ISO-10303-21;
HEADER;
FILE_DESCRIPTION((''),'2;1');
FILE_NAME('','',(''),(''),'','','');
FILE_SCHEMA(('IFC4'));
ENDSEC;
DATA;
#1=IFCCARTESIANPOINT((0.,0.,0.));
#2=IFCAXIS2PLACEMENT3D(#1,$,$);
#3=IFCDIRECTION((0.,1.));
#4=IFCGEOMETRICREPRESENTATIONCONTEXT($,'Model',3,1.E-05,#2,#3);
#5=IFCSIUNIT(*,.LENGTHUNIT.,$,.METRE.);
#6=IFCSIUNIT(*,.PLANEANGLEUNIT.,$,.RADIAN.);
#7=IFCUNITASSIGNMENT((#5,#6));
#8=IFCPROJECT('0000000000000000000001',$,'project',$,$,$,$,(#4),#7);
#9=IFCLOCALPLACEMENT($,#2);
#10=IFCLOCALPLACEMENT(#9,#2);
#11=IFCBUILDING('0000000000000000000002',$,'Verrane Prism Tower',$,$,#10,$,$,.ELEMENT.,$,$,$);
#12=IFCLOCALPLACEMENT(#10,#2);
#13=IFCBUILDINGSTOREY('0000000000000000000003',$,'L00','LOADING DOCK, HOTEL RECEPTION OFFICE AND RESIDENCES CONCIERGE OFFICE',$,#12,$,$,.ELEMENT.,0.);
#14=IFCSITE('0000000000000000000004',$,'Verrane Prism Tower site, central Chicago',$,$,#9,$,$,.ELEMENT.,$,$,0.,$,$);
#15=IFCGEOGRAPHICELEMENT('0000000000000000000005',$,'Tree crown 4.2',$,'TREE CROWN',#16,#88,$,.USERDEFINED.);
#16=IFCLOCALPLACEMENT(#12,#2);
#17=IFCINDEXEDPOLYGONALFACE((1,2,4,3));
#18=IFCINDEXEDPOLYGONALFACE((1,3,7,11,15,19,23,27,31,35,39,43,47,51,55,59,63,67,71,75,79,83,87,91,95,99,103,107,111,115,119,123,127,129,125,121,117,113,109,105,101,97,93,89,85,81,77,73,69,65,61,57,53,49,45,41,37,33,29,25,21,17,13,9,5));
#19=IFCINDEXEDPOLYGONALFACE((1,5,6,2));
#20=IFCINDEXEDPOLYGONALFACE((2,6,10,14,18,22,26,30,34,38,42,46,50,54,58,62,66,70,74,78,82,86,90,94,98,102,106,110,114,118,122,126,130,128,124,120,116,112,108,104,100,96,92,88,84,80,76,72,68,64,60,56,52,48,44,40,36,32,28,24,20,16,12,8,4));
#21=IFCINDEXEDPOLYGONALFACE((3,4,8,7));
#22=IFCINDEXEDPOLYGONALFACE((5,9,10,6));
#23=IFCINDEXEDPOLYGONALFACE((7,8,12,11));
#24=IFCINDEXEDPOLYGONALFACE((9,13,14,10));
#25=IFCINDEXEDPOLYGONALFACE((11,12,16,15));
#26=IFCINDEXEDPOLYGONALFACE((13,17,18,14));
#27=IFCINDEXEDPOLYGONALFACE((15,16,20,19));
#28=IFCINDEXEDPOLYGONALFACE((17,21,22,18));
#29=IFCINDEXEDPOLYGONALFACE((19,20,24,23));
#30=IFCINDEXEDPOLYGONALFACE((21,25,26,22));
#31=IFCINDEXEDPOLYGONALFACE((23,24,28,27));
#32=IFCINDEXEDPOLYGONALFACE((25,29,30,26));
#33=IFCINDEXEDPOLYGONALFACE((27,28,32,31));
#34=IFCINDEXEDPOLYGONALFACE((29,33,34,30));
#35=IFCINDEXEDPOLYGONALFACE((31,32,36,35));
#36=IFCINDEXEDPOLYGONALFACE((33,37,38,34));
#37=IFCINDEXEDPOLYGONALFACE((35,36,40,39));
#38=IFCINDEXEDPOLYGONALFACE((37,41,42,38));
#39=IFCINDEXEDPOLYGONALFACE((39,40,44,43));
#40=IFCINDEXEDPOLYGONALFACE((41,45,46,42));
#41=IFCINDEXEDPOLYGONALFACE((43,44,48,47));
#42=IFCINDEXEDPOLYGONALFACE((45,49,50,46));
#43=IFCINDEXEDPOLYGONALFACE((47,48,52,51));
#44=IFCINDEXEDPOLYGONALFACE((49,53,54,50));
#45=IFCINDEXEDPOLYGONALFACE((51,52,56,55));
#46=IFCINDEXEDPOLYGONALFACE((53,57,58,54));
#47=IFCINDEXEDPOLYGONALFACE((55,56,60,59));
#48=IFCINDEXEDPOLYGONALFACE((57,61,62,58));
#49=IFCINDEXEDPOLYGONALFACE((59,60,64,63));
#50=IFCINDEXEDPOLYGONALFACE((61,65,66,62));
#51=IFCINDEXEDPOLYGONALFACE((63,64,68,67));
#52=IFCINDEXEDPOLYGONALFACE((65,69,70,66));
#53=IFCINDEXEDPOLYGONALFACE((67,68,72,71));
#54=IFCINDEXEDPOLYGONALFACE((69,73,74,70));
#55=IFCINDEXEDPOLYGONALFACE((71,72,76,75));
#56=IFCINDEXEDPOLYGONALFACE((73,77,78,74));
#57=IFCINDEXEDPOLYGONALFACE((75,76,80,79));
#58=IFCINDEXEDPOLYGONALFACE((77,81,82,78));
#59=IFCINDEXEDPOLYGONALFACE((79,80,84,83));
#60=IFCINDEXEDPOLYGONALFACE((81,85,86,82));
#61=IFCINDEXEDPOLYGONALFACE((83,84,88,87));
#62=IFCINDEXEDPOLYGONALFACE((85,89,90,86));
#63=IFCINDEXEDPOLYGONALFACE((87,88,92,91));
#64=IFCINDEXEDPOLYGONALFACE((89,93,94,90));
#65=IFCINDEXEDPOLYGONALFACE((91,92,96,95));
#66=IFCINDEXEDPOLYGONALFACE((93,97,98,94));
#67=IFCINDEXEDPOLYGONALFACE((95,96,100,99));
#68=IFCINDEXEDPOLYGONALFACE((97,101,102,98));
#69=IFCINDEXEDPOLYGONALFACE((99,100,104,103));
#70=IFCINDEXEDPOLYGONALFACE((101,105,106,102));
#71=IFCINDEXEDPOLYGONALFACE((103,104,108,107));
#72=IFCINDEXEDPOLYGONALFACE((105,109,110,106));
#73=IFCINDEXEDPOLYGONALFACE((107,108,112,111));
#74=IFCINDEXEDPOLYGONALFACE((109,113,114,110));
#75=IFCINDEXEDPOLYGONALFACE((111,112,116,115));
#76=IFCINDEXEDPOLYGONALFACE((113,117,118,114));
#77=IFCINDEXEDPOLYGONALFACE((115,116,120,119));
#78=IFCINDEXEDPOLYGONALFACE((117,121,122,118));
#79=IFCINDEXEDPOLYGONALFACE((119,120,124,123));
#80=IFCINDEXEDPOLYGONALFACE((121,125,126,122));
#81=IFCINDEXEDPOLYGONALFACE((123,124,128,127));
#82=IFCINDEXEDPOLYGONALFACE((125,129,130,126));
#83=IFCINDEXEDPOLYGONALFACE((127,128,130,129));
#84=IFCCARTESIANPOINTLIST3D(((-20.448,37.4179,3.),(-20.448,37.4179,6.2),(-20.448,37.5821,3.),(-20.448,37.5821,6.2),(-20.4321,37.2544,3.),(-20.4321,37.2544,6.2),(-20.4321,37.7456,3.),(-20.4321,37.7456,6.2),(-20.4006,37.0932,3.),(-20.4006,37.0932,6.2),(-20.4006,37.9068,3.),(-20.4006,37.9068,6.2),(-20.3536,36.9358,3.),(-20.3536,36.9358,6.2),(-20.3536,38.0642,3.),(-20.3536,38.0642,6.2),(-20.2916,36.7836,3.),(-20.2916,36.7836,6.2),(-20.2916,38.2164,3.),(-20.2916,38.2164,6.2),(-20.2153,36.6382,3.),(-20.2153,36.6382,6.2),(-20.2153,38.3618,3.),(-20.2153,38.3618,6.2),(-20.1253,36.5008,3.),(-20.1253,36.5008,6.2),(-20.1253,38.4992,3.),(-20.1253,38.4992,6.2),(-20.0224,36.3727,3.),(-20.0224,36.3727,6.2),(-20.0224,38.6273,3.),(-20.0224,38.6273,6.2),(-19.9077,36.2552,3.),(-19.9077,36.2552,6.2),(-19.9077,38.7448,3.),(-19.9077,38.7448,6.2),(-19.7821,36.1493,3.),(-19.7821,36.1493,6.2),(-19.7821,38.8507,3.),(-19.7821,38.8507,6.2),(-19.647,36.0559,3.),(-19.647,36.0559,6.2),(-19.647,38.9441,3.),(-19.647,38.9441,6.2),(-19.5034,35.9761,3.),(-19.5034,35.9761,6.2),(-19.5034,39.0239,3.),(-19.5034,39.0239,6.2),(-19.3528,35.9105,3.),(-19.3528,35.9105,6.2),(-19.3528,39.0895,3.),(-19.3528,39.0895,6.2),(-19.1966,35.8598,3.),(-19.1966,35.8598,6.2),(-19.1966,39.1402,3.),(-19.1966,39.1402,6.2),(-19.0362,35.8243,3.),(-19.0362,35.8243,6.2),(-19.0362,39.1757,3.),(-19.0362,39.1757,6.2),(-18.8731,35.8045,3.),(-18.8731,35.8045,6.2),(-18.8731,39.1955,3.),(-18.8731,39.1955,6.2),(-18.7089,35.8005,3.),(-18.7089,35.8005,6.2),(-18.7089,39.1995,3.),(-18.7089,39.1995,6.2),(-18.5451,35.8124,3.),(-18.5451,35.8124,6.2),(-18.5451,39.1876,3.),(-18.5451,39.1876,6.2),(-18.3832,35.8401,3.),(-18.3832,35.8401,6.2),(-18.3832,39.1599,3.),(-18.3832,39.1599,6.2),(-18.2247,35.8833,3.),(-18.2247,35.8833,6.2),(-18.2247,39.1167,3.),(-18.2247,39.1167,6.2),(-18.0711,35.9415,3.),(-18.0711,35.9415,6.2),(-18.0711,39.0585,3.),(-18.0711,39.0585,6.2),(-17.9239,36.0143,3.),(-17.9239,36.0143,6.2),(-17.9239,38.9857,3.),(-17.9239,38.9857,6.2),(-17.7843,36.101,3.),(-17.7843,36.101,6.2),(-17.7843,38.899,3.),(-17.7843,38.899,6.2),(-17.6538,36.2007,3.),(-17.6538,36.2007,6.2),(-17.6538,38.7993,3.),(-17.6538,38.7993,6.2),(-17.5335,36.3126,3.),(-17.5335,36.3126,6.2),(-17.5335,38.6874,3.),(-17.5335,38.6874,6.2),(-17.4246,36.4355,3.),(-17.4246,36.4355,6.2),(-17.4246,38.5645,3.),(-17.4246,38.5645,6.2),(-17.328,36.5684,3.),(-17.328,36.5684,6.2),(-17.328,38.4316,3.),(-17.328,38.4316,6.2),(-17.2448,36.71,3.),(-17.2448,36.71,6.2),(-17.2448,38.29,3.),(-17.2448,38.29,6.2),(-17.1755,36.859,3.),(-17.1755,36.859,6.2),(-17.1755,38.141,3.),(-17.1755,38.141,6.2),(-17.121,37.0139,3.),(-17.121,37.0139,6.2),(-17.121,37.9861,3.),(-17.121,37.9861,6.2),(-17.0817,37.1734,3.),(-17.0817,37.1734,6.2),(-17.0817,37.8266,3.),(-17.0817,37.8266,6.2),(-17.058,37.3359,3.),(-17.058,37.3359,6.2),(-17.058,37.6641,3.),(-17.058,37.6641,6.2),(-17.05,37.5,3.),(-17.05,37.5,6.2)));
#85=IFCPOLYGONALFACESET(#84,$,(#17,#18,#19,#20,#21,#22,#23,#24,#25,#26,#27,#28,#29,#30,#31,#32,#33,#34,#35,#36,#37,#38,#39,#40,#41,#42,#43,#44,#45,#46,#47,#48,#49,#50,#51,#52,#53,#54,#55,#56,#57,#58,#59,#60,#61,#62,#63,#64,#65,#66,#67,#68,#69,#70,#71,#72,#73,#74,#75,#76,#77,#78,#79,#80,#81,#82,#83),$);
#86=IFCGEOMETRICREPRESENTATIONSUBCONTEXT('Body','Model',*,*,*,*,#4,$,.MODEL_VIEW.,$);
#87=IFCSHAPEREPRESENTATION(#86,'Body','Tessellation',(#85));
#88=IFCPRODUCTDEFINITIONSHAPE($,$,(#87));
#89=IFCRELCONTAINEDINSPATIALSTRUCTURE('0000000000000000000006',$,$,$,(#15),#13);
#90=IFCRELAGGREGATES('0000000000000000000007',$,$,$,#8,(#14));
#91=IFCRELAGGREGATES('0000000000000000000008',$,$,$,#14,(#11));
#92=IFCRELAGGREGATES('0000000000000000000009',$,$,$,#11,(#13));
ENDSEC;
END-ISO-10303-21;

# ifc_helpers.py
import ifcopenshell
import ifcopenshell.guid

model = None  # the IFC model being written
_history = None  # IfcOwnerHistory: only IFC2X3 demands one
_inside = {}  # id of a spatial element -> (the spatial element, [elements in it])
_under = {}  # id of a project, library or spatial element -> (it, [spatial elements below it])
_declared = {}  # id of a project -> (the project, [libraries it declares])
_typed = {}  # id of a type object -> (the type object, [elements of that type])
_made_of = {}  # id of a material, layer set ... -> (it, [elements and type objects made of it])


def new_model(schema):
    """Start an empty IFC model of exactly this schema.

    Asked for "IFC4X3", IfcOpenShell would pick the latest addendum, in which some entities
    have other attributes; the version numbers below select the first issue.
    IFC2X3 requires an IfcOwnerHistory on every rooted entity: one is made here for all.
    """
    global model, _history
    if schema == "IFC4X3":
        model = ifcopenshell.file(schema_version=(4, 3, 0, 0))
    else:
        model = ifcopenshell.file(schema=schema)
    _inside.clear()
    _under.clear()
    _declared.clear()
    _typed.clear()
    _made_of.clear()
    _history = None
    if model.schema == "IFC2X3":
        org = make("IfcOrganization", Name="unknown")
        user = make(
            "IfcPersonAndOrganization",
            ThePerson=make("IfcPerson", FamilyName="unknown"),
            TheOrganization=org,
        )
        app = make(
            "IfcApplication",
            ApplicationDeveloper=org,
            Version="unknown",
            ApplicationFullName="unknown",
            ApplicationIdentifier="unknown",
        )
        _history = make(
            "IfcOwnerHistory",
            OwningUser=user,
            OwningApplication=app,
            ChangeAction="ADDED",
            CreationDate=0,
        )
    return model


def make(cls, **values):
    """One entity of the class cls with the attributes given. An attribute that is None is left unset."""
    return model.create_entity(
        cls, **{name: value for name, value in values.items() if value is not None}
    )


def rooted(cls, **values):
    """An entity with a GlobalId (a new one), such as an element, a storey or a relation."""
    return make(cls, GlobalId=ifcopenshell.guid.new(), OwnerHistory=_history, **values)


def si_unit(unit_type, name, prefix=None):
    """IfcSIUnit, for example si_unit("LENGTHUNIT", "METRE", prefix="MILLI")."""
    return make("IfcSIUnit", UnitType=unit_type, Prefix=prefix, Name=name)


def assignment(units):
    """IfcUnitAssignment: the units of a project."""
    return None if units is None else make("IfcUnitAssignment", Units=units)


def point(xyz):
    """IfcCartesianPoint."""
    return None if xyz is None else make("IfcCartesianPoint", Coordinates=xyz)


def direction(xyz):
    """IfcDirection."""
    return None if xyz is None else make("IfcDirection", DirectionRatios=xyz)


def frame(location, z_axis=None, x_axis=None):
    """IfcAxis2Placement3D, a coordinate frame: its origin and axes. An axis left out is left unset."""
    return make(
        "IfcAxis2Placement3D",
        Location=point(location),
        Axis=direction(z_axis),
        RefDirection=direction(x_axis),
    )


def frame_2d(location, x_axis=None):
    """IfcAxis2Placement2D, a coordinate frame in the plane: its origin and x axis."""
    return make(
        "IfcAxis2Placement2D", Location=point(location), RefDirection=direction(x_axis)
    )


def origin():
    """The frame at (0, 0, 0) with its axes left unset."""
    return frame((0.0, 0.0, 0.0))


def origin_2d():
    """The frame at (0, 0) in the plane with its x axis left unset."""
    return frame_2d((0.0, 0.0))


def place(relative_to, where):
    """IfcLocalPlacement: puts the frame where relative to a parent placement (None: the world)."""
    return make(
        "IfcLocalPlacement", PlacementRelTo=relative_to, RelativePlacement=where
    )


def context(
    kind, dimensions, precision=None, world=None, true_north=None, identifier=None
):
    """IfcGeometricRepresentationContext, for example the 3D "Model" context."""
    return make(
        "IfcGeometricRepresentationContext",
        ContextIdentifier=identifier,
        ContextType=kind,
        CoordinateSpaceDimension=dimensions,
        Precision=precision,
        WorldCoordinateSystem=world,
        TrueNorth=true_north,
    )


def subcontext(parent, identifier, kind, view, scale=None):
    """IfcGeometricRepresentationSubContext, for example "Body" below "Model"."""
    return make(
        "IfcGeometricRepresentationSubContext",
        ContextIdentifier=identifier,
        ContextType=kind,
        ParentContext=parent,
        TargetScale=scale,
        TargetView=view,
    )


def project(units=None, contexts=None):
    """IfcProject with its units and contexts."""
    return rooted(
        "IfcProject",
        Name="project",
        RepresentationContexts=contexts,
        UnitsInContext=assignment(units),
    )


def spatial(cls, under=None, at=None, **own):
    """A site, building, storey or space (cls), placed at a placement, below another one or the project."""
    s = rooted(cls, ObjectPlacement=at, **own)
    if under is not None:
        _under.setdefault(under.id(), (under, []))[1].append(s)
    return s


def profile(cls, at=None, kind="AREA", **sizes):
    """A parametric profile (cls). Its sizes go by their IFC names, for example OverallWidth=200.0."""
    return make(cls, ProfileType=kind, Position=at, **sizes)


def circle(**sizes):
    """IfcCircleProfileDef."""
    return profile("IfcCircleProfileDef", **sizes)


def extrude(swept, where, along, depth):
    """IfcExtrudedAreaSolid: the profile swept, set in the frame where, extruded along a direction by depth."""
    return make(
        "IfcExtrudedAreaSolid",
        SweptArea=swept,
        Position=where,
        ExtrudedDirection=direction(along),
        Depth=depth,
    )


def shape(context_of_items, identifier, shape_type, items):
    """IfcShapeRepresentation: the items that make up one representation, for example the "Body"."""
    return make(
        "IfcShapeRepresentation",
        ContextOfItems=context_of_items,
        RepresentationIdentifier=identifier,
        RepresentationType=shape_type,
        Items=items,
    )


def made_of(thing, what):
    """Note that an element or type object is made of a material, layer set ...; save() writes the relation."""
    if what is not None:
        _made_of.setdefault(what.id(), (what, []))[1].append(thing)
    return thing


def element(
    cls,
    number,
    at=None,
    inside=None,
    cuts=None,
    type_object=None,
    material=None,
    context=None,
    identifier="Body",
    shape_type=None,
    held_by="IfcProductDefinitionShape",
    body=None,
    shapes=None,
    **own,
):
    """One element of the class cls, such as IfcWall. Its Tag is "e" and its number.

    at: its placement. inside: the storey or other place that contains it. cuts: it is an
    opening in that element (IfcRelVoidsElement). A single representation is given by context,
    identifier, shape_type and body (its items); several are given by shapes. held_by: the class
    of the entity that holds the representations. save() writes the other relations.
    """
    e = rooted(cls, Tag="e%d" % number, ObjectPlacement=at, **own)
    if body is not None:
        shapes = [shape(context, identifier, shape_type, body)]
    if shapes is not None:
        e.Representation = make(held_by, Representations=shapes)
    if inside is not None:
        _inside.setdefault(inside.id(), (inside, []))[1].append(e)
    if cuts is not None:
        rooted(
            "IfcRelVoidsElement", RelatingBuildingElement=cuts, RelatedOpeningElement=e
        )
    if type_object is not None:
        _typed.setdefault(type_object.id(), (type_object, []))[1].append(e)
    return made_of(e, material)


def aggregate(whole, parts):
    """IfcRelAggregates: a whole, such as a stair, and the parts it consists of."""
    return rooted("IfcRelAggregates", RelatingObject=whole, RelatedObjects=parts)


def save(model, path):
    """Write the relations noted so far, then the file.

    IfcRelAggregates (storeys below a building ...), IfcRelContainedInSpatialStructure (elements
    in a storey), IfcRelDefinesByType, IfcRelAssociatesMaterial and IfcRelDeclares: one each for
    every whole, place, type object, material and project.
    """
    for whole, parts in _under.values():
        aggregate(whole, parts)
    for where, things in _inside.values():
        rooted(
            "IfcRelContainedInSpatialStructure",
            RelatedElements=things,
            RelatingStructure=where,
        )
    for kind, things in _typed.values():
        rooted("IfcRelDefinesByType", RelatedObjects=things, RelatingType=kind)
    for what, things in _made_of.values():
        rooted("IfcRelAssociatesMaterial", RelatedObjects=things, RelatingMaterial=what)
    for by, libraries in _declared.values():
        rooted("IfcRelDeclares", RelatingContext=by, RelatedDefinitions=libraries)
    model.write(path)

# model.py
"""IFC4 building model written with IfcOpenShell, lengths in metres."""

from ifc_helpers import new_model, si_unit, direction, frame, origin, origin_2d, place, context, subcontext, project, spatial, circle, extrude, element, save


model = new_model("IFC4")

# Units and contexts
model_context = context("Model", 3, precision=1e-05, world=origin(), true_north=direction((0.0, 1.0)))
body_context = subcontext(model_context, "Body", "Model", "MODEL_VIEW")
ifc_project = project(units=[si_unit("LENGTHUNIT", "METRE"), si_unit("PLANEANGLEUNIT", "RADIAN")], contexts=[model_context])

# Site, building, storey
site_placement = place(None, origin())
site = spatial("IfcSite", under=ifc_project, at=site_placement, Name="Verrane Prism Tower site, central Chicago", CompositionType="ELEMENT", RefElevation=0.0)
building_placement = place(site_placement, origin())
building = spatial("IfcBuilding", under=site, at=building_placement, Name="Verrane Prism Tower", CompositionType="ELEMENT")
storey_placement = place(building_placement, origin())
storey = spatial("IfcBuildingStorey", under=building, at=storey_placement, Name="L00", Description="LOADING DOCK, HOTEL RECEPTION OFFICE AND RESIDENCES CONCIERGE OFFICE", CompositionType="ELEMENT", Elevation=0.0)

# Geographic element
for number, where, z_axis, x_axis, name in (
    (1, (-18.75, 37.5, 6.2), (0.0, 0.0, -1.0), (1.0, 0.0, 0.0), "Tree crown 4.2"),
):
    element("IfcGeographicElement", number, at=place(storey_placement, frame(where, z_axis=z_axis, x_axis=x_axis)), inside=storey, Name=name, ObjectType="TREE CROWN", PredefinedType="USERDEFINED", context=body_context, shape_type="SweptSolid", body=[
        extrude(circle(Radius=1.7, at=origin_2d()), origin(), (0.0, 0.0, 1.0), 3.2),
    ])

save(model, "model.ifc")
